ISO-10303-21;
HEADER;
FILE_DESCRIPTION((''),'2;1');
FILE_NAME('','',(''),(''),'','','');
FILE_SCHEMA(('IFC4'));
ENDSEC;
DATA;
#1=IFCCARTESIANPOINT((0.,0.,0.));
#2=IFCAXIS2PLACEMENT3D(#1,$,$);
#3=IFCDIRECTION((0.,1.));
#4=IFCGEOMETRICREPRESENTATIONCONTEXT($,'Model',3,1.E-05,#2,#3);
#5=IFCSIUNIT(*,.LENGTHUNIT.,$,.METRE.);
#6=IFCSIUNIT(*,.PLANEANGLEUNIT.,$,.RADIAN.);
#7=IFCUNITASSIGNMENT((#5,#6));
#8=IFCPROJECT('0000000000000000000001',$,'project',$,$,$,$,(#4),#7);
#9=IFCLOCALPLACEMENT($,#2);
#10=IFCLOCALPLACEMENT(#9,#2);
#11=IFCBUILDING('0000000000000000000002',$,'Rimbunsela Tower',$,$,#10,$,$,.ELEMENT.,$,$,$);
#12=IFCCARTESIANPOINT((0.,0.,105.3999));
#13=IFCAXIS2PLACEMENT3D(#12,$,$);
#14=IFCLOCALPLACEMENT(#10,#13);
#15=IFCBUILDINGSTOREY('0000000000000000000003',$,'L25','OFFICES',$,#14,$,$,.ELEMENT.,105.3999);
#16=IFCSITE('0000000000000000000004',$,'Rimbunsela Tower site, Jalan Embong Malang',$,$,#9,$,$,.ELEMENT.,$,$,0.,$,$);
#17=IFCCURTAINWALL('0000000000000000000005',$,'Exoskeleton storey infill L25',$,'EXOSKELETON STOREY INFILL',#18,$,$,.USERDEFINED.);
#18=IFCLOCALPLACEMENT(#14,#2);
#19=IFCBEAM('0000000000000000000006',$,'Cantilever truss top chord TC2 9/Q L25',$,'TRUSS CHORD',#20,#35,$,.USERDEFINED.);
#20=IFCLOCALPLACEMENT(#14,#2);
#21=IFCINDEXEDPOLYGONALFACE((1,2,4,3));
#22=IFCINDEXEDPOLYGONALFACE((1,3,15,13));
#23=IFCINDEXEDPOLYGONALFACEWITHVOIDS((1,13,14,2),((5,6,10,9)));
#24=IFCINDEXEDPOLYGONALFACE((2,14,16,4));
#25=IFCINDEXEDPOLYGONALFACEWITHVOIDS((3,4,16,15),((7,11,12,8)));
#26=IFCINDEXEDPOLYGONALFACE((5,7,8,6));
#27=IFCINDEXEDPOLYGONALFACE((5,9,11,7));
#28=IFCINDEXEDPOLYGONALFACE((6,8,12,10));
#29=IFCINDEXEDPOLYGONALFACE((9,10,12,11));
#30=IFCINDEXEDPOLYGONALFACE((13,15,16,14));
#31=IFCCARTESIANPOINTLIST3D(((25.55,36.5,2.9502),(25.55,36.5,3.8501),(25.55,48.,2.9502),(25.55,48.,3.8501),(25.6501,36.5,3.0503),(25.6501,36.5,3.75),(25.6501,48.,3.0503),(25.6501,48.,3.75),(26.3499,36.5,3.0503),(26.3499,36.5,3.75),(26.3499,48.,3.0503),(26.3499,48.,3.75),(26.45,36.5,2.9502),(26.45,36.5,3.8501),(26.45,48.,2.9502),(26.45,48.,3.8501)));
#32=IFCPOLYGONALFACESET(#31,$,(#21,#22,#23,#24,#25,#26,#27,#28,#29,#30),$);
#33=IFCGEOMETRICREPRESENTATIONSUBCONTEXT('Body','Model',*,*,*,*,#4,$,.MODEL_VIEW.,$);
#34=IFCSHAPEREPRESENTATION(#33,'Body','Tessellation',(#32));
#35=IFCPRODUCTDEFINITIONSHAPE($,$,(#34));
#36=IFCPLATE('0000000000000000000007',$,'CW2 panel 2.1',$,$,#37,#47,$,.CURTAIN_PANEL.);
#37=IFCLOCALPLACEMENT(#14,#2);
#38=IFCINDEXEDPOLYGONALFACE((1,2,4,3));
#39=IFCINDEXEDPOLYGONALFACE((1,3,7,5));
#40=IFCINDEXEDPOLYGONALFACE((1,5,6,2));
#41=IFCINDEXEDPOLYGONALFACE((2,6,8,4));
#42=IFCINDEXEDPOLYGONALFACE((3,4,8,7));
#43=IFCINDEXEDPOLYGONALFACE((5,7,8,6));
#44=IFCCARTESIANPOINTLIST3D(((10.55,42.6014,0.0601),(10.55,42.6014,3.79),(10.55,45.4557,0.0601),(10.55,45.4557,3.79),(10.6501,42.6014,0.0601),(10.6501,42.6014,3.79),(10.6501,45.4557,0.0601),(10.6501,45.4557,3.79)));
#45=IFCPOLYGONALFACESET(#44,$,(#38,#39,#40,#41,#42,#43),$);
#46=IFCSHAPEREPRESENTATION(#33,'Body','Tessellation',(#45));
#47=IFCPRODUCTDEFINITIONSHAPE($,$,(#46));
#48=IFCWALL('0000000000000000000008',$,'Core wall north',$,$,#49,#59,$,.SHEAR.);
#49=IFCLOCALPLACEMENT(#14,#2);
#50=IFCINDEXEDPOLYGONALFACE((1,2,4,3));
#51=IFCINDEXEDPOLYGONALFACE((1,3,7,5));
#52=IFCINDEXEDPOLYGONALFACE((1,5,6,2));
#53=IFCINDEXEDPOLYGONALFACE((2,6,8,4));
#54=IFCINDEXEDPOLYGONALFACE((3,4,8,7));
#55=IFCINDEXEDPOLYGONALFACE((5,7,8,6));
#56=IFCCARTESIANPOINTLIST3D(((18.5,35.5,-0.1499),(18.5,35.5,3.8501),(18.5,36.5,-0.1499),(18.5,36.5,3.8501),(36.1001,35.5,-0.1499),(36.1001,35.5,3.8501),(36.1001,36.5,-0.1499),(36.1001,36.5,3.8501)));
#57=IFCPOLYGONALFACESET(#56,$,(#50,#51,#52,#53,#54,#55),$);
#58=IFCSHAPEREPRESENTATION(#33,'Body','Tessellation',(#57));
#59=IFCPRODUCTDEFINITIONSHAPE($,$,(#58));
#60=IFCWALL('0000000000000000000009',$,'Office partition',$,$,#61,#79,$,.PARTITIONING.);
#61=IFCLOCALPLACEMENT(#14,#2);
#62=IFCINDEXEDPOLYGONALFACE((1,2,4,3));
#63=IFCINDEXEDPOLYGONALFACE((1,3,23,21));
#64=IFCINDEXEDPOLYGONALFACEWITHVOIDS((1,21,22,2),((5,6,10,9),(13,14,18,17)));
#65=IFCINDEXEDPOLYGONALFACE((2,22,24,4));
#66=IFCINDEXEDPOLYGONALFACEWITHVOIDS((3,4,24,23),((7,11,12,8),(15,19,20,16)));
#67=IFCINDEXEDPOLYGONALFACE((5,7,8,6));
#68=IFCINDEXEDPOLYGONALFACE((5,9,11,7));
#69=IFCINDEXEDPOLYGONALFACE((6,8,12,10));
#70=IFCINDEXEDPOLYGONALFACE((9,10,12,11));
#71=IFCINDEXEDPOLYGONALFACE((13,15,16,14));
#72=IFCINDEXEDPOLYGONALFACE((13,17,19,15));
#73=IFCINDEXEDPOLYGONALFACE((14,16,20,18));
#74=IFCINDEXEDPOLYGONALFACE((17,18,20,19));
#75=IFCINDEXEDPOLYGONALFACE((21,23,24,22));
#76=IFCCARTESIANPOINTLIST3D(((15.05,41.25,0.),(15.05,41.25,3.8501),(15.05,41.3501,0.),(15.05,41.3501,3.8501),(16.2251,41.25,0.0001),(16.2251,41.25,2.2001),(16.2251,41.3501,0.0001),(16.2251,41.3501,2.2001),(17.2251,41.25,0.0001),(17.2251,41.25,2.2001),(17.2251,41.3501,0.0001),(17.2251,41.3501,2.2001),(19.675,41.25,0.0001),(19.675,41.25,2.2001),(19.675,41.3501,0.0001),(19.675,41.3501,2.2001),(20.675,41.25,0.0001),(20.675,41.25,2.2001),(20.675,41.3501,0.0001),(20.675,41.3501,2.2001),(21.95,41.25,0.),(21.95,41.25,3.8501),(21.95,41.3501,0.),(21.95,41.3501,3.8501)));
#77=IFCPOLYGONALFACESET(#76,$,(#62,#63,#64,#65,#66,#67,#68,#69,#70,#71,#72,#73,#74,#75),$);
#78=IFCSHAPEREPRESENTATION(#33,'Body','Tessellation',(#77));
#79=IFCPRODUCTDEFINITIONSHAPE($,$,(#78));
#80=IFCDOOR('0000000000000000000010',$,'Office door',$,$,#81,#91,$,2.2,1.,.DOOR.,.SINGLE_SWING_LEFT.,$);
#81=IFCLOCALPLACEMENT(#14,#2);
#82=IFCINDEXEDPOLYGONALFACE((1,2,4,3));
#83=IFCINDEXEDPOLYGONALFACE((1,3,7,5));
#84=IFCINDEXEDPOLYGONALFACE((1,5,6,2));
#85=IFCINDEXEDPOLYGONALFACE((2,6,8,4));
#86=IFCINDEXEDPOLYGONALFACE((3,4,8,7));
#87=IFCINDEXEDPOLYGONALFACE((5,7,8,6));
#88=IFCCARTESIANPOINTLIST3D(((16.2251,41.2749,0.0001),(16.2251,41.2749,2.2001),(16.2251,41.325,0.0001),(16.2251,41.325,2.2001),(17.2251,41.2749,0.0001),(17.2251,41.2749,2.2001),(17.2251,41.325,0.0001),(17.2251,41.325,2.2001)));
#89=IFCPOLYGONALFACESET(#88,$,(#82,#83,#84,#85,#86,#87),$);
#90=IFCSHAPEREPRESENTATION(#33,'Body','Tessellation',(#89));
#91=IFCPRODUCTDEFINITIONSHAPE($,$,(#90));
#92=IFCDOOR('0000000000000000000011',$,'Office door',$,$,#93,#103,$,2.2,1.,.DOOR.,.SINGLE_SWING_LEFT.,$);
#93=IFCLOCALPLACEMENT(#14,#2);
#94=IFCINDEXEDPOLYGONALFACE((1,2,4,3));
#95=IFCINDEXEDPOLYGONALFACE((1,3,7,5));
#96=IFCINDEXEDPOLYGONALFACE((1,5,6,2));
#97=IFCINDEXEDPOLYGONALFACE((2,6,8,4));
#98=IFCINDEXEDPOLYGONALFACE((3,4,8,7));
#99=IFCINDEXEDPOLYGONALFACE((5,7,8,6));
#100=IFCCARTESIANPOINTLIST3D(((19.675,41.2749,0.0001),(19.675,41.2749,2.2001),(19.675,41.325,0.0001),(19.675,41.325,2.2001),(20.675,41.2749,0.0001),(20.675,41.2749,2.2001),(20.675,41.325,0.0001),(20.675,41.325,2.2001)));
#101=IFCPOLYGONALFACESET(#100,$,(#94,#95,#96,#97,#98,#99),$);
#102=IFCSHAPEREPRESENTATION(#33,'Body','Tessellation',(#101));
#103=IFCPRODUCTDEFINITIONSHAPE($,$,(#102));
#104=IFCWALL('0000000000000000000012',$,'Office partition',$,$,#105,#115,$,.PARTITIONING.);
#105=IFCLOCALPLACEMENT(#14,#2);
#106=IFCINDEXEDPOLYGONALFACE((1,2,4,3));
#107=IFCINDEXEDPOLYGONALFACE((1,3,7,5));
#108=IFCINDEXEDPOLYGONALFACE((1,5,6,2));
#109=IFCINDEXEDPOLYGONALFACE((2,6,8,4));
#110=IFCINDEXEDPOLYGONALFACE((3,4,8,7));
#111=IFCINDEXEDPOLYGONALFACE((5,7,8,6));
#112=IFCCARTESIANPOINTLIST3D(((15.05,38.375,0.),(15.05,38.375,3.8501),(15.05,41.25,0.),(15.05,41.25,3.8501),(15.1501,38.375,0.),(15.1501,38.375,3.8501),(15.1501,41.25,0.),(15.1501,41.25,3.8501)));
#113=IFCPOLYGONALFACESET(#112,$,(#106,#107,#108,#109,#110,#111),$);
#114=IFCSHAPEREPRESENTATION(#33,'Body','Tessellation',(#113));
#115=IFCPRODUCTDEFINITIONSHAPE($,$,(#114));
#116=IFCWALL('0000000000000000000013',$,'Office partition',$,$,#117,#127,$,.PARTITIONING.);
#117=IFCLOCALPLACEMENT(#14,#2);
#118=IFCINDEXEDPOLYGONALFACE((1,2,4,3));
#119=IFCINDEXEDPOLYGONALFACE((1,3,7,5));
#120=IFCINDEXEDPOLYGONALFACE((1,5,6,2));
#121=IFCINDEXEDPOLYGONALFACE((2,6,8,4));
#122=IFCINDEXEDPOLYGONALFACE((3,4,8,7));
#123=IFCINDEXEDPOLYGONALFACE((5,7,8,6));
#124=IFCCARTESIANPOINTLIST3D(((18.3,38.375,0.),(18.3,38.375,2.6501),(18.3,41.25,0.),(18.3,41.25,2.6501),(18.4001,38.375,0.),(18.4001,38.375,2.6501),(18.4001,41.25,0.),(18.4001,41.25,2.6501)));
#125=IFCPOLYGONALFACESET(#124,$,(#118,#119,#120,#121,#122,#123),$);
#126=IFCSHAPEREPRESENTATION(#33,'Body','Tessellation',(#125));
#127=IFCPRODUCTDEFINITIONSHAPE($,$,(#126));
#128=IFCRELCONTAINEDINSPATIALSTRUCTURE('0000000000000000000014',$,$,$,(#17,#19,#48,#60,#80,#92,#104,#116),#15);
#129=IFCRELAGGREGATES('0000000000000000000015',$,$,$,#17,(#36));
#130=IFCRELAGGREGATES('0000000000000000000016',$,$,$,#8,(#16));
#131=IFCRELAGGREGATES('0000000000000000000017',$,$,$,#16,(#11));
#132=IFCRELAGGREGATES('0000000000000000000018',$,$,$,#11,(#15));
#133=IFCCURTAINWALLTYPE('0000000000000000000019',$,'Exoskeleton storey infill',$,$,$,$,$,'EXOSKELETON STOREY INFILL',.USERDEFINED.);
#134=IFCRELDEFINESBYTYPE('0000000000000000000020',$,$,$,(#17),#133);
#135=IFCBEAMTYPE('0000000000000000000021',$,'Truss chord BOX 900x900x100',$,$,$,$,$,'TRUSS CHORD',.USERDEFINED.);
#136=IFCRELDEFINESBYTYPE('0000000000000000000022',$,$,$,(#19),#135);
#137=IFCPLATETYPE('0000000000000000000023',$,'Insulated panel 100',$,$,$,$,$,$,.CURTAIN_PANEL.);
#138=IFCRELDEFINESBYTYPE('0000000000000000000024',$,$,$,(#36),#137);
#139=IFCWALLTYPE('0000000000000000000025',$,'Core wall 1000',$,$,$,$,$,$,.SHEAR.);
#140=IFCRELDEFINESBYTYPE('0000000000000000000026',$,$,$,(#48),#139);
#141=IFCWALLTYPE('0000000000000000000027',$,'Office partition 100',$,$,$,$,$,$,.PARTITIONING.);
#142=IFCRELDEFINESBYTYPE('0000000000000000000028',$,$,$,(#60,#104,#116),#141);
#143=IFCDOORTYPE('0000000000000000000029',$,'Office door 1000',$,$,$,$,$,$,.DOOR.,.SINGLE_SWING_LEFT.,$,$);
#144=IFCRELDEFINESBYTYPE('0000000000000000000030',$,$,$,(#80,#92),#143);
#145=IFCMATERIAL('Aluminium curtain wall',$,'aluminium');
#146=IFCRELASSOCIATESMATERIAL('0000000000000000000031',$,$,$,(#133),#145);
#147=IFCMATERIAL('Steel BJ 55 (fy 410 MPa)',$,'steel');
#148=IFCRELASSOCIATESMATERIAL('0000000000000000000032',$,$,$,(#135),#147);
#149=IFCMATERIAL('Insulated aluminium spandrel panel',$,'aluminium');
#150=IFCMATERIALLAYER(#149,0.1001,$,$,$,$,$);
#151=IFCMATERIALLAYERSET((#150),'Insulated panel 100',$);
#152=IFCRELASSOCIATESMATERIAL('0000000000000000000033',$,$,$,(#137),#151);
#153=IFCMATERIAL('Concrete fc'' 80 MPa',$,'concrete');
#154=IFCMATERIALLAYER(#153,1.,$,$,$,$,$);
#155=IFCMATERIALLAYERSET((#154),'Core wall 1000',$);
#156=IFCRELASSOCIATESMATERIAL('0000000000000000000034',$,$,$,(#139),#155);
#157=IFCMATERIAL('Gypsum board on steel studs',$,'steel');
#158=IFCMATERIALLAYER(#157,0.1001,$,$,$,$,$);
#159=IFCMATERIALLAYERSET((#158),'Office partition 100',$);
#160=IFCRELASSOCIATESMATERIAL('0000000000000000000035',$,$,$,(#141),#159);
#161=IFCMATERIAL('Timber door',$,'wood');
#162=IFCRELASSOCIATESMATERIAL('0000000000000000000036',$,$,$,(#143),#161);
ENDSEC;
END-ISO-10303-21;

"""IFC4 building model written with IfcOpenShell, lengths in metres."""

from ifc_helpers import new_model, si_unit, direction, frame, frame_2d, origin, origin_2d, place, context, subcontext, project, spatial, rectangle, hollow_rectangle, extrude, material, layer, layer_set, material_profile, profile_set, type_object, element, fill, aggregate, save


model = new_model("IFC4")

# Units and contexts
model_context = context("Model", 3, precision=1e-05, world=origin(), true_north=direction((0.0, 1.0)))
body_context = subcontext(model_context, "Body", "Model", "MODEL_VIEW")
ifc_project = project(units=[si_unit("LENGTHUNIT", "METRE"), si_unit("PLANEANGLEUNIT", "RADIAN")], contexts=[model_context])

# Site, building, storey
site_placement = place(None, origin())
site = spatial("IfcSite", under=ifc_project, at=site_placement, Name="Rimbunsela Tower site, Jalan Embong Malang", CompositionType="ELEMENT", RefElevation=0.0)
building_placement = place(site_placement, origin())
building = spatial("IfcBuilding", under=site, at=building_placement, Name="Rimbunsela Tower", CompositionType="ELEMENT")
storey_placement = place(building_placement, frame((0.0, 0.0, 105.3999)))
storey = spatial("IfcBuildingStorey", under=building, at=storey_placement, Name="L25", Description="OFFICES", CompositionType="ELEMENT", Elevation=105.3999)

# Curtain wall
ifc_material_1 = material(Name="Aluminium curtain wall", Category="aluminium")
curtain_wall_type = type_object("IfcCurtainWallType", Name="Exoskeleton storey infill", ElementType="EXOSKELETON STOREY INFILL", PredefinedType="USERDEFINED", material=ifc_material_1)
curtain_wall_placement = place(storey_placement, origin())
curtain_wall = element("IfcCurtainWall", 1, at=curtain_wall_placement, inside=storey, type_object=curtain_wall_type, Name="Exoskeleton storey infill L25", ObjectType="EXOSKELETON STOREY INFILL", PredefinedType="USERDEFINED")

# Beam
ifc_material_2 = material(Name="Steel BJ 55 (fy 410 MPa)", Category="steel")
ifc_material_profile_1 = material_profile(ifc_material_2, hollow_rectangle(XDim=0.8999, YDim=0.8999, WallThickness=0.1001, at=origin_2d()), Name="BOX 900x900x100")
ifc_profile_set_1 = profile_set([ifc_material_profile_1], Name="Steel BJ 55 (fy 410 MPa)")
beam_type_1 = type_object("IfcBeamType", Name="Truss chord BOX 900x900x100", ElementType="TRUSS CHORD", PredefinedType="USERDEFINED", material=ifc_profile_set_1)
for number, where, z_axis, x_axis, name in (
    (2, (26.0, 36.5, 3.4001), (0.0, 1.0, 0.0), (-1.0, 0.0, 0.0), "Cantilever truss top chord TC2 9/Q L25"),
):
    element("IfcBeam", number, at=place(storey_placement, frame(where, z_axis=z_axis, x_axis=x_axis)), inside=storey, type_object=beam_type_1, Name=name, ObjectType="TRUSS CHORD", PredefinedType="USERDEFINED", context=body_context, shape_type="SweptSolid", body=[
        extrude(hollow_rectangle(XDim=0.8999, YDim=0.8999, WallThickness=0.1001, at=origin_2d()), origin(), (0.0, 0.0, 1.0), 11.5),
    ])

# Plate
ifc_material_3 = material(Name="Insulated aluminium spandrel panel", Category="aluminium")
ifc_layer_1 = layer(ifc_material_3, 0.1001)
ifc_layer_set_1 = layer_set([ifc_layer_1], Name="Insulated panel 100")
plate_type = type_object("IfcPlateType", Name="Insulated panel 100", PredefinedType="CURTAIN_PANEL", material=ifc_layer_set_1)
plate_placement = place(storey_placement, frame((10.6001, 44.0286, 0.0601), z_axis=(0.0, 0.0, 1.0), x_axis=(0.0, -1.0, 0.0)))
plate = element("IfcPlate", 3, at=plate_placement, type_object=plate_type, Name="CW2 panel 2.1", PredefinedType="CURTAIN_PANEL", context=body_context, shape_type="SweptSolid", body=[
    extrude(rectangle(XDim=2.8542, YDim=0.1001, at=origin_2d()), origin(), (0.0, 0.0, 1.0), 3.73),
])
aggregate(curtain_wall, [plate])

# Wall
ifc_material_4 = material(Name="Concrete fc' 80 MPa", Category="concrete")
ifc_layer_2 = layer(ifc_material_4, 1.0)
ifc_layer_set_2 = layer_set([ifc_layer_2], Name="Core wall 1000")
wall_type_1 = type_object("IfcWallType", Name="Core wall 1000", PredefinedType="SHEAR", material=ifc_layer_set_2)
wall_1_placement = place(storey_placement, frame((18.5, 36.0, -0.1499), z_axis=(0.0, 0.0, 1.0), x_axis=(1.0, 0.0, 0.0)))
element("IfcWall", 4, at=wall_1_placement, inside=storey, type_object=wall_type_1, Name="Core wall north", PredefinedType="SHEAR", context=body_context, shape_type="SweptSolid", body=[
    extrude(rectangle(XDim=17.6001, YDim=1.0, at=frame_2d((8.8, 0.0))), origin(), (0.0, 0.0, 1.0), 4.0),
])

# Wall, openings, doors
ifc_material_5 = material(Name="Gypsum board on steel studs", Category="steel")
ifc_layer_3 = layer(ifc_material_5, 0.1001)
ifc_layer_set_3 = layer_set([ifc_layer_3], Name="Office partition 100")
wall_type_2 = type_object("IfcWallType", Name="Office partition 100", PredefinedType="PARTITIONING", material=ifc_layer_set_3)
wall_2_placement = place(storey_placement, frame((15.05, 41.3, 0.0), z_axis=(0.0, 0.0, 1.0), x_axis=(1.0, 0.0, 0.0)))
wall_2 = element("IfcWall", 5, at=wall_2_placement, inside=storey, type_object=wall_type_2, Name="Office partition", PredefinedType="PARTITIONING", context=body_context, shape_type="SweptSolid", body=[
    extrude(rectangle(XDim=6.8999, YDim=0.1001, at=frame_2d((3.45, 0.0))), origin(), (0.0, 0.0, 1.0), 3.8501),
])
opening_1_placement = place(wall_2_placement, frame((1.175, 0.0, 0.0)))
opening_1 = element("IfcOpeningElement", 6, at=opening_1_placement, cuts=wall_2, PredefinedType="OPENING", context=body_context, shape_type="SweptSolid", body=[
    extrude(rectangle(XDim=1.0, YDim=2.2, at=frame_2d((0.5, 1.1001))), frame((0.0, 0.0601, 0.0), z_axis=(0.0, -1.0, 0.0), x_axis=(1.0, 0.0, 0.0)), (0.0, 0.0, 1.0), 0.1201),
])
opening_2_placement = place(wall_2_placement, frame((4.625, 0.0, 0.0)))
opening_2 = element("IfcOpeningElement", 7, at=opening_2_placement, cuts=wall_2, PredefinedType="OPENING", context=body_context, shape_type="SweptSolid", body=[
    extrude(rectangle(XDim=1.0, YDim=2.2, at=frame_2d((0.5, 1.1001))), frame((0.0, 0.0601, 0.0), z_axis=(0.0, -1.0, 0.0), x_axis=(1.0, 0.0, 0.0)), (0.0, 0.0, 1.0), 0.1201),
])
ifc_material_6 = material(Name="Timber door", Category="wood")
door_type_1 = type_object("IfcDoorType", Name="Office door 1000", OperationType="SINGLE_SWING_LEFT", PredefinedType="DOOR", material=ifc_material_6)
door_1_placement = place(opening_1_placement, origin())
door_1 = element("IfcDoor", 8, at=door_1_placement, inside=storey, type_object=door_type_1, Name="Office door", OperationType="SINGLE_SWING_LEFT", OverallHeight=2.2, OverallWidth=1.0, PredefinedType="DOOR", context=body_context, shape_type="SweptSolid", body=[
    extrude(rectangle(XDim=1.0, YDim=2.2, at=frame_2d((0.5, 1.1001))), frame((0.0, 0.0249, 0.0), z_axis=(0.0, -1.0, 0.0), x_axis=(1.0, 0.0, 0.0)), (0.0, 0.0, 1.0), 0.05),
])
fill(opening_1, door_1)
door_2_placement = place(opening_2_placement, origin())
door_2 = element("IfcDoor", 9, at=door_2_placement, inside=storey, type_object=door_type_1, Name="Office door", OperationType="SINGLE_SWING_LEFT", OverallHeight=2.2, OverallWidth=1.0, PredefinedType="DOOR", context=body_context, shape_type="SweptSolid", body=[
    extrude(rectangle(XDim=1.0, YDim=2.2, at=frame_2d((0.5, 1.1001))), frame((0.0, 0.0249, 0.0), z_axis=(0.0, -1.0, 0.0), x_axis=(1.0, 0.0, 0.0)), (0.0, 0.0, 1.0), 0.05),
])
fill(opening_2, door_2)

# Walls
wall_3_placement = place(storey_placement, frame((15.1001, 38.375, 0.0), z_axis=(0.0, 0.0, 1.0), x_axis=(0.0, 1.0, 0.0)))
element("IfcWall", 10, at=wall_3_placement, inside=storey, type_object=wall_type_2, Name="Office partition", PredefinedType="PARTITIONING", context=body_context, shape_type="SweptSolid", body=[
    extrude(rectangle(XDim=2.875, YDim=0.1001, at=frame_2d((1.4375, 0.0))), origin(), (0.0, 0.0, 1.0), 3.8501),
])
wall_4_placement = place(storey_placement, frame((18.3501, 38.375, 0.0), z_axis=(0.0, 0.0, 1.0), x_axis=(0.0, 1.0, 0.0)))
element("IfcWall", 11, at=wall_4_placement, inside=storey, type_object=wall_type_2, Name="Office partition", PredefinedType="PARTITIONING", context=body_context, shape_type="SweptSolid", body=[
    extrude(rectangle(XDim=2.875, YDim=0.1001, at=frame_2d((1.4375, 0.0))), origin(), (0.0, 0.0, 1.0), 2.6501),
])

save(model, "model.ifc")
